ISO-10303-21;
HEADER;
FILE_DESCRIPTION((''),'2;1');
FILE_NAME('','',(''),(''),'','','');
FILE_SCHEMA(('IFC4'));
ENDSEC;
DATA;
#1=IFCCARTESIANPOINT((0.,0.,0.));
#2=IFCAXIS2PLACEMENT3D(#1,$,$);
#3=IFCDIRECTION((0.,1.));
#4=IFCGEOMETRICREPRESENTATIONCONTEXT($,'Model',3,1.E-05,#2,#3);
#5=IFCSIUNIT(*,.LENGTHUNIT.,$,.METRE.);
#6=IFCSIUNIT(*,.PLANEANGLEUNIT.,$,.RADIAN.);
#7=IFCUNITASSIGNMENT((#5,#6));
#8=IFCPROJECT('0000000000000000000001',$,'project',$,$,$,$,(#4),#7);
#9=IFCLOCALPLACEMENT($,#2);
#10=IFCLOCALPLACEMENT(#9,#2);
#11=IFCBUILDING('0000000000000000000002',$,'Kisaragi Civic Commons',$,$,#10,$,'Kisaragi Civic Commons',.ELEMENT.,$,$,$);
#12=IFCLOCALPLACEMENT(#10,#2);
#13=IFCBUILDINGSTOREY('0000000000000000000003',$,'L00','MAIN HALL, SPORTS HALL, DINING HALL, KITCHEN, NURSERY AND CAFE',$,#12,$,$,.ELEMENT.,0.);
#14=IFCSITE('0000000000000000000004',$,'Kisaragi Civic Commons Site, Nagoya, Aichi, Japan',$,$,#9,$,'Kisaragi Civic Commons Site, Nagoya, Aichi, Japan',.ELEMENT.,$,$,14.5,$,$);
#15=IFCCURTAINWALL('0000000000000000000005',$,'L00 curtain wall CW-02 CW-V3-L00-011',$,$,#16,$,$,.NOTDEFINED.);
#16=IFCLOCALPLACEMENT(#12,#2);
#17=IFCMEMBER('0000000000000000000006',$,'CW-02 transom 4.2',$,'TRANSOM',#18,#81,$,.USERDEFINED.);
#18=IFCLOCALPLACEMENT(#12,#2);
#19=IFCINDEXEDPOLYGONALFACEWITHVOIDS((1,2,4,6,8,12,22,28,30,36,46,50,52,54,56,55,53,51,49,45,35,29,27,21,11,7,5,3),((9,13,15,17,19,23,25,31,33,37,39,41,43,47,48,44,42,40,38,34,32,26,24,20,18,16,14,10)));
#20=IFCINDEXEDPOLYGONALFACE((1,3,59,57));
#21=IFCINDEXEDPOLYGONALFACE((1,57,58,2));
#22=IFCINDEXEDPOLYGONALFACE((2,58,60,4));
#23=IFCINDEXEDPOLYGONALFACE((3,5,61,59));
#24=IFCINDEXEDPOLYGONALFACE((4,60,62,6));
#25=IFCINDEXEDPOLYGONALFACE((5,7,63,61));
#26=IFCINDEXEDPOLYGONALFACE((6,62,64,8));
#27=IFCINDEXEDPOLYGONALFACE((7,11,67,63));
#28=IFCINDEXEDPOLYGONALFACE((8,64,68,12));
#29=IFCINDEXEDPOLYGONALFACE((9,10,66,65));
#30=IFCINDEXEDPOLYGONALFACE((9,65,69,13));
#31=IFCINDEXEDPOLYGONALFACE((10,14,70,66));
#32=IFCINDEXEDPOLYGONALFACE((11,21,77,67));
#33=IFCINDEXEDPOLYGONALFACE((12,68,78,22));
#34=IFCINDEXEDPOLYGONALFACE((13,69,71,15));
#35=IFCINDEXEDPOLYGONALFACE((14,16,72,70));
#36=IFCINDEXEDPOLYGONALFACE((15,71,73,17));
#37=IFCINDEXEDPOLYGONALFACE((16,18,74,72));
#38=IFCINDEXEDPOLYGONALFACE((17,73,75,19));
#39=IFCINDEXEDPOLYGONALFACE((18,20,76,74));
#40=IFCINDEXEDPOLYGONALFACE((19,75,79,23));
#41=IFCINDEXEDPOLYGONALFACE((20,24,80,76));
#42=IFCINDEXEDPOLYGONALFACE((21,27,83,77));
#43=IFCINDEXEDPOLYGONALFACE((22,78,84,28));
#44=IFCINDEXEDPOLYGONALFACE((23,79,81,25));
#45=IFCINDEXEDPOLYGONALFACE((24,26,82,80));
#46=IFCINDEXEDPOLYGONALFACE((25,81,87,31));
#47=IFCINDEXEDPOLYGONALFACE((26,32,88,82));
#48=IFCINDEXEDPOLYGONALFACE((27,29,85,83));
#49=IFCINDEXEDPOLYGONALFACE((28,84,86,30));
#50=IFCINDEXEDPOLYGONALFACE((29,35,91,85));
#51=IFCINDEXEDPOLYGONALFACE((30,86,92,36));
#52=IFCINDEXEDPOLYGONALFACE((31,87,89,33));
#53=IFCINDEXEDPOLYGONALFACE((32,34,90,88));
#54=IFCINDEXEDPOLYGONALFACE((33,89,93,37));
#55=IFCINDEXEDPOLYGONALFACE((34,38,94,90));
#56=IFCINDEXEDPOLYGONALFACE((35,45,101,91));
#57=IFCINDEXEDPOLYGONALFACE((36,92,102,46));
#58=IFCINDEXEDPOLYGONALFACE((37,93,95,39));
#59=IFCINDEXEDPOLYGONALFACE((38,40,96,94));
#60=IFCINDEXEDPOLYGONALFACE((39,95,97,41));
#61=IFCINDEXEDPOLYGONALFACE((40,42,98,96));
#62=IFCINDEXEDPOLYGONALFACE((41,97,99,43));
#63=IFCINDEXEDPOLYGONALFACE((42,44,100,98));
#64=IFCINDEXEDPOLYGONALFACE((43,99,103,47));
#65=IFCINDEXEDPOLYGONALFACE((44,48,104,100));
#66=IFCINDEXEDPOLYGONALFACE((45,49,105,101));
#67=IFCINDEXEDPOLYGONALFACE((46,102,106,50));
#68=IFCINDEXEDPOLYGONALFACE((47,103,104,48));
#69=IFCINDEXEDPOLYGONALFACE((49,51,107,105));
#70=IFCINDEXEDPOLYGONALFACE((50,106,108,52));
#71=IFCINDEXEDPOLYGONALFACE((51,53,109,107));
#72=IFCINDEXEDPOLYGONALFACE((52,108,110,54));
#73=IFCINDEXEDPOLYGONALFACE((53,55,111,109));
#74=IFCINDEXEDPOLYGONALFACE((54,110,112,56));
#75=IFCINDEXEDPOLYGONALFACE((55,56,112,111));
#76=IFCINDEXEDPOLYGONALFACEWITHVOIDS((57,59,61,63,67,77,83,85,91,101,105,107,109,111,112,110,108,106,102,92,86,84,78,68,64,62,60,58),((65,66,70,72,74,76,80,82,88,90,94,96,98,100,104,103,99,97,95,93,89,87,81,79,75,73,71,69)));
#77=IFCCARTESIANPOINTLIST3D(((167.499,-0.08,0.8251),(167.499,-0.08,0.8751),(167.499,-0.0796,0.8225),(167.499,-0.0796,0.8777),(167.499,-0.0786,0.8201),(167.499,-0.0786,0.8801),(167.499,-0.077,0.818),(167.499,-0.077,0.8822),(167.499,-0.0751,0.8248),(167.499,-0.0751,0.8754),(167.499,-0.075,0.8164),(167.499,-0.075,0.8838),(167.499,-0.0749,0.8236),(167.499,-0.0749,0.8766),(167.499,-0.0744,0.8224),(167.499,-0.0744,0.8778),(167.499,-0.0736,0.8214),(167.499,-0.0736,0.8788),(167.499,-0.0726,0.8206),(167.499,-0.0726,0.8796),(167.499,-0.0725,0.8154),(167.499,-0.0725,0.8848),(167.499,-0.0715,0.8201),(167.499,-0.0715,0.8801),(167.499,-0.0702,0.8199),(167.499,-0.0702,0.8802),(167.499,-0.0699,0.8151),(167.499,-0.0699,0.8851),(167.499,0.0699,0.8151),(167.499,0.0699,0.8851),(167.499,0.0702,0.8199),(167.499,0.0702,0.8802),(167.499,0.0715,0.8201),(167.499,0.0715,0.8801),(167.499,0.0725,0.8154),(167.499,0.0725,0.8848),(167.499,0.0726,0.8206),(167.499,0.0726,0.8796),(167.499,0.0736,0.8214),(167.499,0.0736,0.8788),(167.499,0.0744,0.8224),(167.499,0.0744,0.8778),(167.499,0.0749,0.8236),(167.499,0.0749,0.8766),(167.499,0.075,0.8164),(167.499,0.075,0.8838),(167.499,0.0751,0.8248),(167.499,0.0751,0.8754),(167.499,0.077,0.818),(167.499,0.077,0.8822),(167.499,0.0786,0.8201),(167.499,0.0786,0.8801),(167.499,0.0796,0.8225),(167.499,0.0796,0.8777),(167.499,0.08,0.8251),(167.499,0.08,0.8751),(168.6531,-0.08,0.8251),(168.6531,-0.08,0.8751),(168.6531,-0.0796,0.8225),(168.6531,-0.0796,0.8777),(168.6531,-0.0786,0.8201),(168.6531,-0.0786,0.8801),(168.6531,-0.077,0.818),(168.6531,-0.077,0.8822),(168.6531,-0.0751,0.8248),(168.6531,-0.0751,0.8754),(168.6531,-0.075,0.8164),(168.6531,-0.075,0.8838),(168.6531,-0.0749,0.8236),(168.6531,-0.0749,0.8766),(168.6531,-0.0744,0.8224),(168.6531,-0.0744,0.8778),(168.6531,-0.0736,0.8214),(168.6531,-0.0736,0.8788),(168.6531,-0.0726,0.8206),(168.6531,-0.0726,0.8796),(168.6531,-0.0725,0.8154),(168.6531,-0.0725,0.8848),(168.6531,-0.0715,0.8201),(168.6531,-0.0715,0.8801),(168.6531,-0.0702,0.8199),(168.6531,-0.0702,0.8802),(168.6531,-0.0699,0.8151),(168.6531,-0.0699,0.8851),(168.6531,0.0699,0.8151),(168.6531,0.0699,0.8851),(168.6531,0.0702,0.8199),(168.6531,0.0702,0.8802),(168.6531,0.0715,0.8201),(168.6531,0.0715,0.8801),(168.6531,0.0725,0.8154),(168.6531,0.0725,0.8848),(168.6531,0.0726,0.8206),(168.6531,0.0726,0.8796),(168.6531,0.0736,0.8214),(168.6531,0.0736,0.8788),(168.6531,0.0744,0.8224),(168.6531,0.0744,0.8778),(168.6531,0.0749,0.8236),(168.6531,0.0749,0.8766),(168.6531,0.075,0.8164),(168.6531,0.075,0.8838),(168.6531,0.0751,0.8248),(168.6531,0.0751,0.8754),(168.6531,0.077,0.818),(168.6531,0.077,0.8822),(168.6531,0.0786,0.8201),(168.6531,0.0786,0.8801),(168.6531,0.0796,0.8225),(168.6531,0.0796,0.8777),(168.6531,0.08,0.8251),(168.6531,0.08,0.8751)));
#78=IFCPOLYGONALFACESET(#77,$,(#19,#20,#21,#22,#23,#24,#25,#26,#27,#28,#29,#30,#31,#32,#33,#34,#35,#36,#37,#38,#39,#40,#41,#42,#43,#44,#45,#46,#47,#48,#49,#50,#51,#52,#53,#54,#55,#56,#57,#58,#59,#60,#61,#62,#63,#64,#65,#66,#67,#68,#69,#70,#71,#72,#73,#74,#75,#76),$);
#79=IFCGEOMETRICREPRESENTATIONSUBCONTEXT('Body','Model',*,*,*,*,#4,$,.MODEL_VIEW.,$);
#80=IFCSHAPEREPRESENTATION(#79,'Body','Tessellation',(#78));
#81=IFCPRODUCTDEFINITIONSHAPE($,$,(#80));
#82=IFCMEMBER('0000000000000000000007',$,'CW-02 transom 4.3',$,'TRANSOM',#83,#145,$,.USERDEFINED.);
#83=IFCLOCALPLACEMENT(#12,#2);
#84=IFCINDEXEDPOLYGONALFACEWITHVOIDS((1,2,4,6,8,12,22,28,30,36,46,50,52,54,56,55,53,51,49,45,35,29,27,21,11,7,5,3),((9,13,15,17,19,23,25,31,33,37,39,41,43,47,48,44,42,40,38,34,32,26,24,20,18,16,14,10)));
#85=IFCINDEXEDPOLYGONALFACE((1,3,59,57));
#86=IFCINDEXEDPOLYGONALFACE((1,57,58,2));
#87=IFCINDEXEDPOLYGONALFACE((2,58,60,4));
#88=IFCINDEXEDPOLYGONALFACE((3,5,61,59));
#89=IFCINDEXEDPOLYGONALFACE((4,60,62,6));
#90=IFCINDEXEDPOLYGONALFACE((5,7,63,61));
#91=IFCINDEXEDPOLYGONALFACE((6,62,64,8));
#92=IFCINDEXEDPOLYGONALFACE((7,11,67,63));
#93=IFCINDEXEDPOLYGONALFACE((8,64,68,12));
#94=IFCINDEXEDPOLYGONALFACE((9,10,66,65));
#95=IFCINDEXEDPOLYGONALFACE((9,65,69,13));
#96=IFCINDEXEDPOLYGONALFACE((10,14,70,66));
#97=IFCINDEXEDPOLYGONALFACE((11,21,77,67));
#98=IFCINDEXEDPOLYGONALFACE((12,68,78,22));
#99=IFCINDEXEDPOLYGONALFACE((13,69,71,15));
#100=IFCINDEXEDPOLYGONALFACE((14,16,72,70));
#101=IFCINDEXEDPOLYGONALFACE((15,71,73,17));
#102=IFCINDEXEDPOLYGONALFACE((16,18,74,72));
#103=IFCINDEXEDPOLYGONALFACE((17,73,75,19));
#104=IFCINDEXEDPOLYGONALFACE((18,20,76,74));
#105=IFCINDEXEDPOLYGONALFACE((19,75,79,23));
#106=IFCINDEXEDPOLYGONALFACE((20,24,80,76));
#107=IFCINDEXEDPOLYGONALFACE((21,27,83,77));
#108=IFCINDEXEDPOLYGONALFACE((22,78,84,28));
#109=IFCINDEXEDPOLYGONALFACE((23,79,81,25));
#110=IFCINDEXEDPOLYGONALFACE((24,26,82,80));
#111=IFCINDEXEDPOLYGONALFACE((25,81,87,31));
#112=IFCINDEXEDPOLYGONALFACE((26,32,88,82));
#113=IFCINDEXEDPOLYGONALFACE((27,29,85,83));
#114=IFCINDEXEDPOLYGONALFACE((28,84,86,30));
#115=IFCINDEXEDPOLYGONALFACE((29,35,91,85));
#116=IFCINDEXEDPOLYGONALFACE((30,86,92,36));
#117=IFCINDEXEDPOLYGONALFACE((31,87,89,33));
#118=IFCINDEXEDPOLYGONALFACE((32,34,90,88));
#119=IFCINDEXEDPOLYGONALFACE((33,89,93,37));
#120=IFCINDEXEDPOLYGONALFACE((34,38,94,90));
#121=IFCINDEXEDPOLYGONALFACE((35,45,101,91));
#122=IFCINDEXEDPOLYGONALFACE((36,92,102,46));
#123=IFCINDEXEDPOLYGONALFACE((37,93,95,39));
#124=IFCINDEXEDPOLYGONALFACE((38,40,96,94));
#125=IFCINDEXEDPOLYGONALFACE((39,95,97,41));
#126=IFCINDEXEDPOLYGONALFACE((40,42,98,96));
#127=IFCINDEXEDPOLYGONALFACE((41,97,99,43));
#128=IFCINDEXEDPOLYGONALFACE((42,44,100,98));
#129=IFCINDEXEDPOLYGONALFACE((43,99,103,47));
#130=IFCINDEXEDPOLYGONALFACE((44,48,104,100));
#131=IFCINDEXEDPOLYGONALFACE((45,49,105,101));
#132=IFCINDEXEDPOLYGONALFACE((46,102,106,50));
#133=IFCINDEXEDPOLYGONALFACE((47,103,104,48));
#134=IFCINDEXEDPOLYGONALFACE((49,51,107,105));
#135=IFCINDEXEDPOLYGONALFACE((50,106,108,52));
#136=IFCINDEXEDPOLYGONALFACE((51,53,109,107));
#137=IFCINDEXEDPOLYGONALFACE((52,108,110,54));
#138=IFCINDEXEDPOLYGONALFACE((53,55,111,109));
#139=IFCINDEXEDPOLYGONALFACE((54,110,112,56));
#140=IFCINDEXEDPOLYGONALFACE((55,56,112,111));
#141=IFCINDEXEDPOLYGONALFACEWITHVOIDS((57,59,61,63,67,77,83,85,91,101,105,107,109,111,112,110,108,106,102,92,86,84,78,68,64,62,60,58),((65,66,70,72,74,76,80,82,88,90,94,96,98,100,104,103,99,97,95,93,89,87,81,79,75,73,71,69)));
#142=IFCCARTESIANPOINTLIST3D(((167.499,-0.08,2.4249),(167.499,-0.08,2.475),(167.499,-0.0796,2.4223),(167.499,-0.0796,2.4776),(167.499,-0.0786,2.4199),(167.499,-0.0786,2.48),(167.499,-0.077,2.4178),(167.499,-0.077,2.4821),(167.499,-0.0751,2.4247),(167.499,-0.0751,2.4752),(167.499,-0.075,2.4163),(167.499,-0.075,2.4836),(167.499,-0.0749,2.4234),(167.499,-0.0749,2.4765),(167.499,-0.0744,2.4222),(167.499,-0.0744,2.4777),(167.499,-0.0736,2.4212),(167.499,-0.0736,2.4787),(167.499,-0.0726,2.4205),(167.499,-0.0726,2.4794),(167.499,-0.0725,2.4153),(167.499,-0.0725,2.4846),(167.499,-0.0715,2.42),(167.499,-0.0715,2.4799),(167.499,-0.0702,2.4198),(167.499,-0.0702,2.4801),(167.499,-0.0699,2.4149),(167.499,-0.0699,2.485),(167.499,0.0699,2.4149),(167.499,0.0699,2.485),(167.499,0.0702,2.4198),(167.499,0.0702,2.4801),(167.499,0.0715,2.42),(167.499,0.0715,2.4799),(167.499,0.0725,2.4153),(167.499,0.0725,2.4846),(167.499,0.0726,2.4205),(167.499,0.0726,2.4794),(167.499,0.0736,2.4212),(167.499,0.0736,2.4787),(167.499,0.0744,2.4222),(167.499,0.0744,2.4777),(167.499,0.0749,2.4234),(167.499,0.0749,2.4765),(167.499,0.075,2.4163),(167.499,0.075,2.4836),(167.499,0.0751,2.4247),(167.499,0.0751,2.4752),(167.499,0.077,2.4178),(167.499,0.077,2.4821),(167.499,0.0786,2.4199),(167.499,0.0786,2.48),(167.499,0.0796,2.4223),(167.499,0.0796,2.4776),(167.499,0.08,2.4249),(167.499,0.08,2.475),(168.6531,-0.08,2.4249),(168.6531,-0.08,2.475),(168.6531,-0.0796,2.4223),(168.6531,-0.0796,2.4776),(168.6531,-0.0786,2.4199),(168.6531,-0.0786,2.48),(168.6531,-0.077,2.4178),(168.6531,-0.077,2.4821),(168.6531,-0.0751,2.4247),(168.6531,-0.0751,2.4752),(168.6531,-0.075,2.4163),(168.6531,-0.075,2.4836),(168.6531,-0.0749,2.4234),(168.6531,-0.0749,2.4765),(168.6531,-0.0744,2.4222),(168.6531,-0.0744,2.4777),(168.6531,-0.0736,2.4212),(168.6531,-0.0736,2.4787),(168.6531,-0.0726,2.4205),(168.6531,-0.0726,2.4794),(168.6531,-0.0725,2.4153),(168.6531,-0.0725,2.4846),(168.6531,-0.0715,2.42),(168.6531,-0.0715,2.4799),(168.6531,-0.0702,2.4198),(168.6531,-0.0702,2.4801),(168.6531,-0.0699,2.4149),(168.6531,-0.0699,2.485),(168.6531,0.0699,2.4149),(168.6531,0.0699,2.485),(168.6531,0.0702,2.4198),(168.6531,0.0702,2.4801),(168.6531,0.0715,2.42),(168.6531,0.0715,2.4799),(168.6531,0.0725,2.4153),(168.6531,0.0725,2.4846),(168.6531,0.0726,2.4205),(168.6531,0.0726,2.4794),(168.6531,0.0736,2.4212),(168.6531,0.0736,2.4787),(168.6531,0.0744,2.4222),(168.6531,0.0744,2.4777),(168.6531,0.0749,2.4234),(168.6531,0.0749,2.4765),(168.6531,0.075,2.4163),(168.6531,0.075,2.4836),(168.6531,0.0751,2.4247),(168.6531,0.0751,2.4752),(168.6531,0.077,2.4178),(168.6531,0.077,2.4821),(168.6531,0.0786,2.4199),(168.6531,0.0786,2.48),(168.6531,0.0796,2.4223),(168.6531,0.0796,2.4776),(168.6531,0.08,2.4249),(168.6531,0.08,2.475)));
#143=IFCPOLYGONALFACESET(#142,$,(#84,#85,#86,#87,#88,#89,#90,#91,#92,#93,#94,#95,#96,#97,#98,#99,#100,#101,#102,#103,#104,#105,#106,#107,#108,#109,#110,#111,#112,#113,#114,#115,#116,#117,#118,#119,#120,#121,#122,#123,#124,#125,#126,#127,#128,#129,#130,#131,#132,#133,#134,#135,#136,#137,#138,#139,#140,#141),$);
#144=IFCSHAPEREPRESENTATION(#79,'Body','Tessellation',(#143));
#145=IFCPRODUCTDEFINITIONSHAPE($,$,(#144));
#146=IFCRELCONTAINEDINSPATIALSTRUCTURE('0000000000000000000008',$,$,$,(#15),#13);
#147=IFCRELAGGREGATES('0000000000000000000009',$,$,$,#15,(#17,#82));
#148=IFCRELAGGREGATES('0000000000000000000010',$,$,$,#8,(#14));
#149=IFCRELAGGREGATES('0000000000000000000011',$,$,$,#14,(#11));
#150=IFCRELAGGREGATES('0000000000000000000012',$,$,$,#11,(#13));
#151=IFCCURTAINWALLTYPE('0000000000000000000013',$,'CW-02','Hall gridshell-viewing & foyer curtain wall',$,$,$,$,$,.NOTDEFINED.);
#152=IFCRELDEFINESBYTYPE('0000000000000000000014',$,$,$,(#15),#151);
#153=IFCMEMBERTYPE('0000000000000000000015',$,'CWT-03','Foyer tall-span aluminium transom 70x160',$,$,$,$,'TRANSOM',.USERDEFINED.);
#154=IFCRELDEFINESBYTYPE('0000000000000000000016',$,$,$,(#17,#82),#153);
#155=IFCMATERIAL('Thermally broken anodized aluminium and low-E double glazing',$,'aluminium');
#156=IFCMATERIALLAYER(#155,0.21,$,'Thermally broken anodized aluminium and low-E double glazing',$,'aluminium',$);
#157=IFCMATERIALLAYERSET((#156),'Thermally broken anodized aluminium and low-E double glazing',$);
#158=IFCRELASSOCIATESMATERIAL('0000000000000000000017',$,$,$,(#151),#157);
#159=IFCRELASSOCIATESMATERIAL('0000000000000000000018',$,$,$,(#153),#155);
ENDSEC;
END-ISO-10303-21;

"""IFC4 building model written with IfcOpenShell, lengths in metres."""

from ifc_helpers import new_model, si_unit, direction, frame, origin, origin_2d, place, context, subcontext, project, spatial, hollow_rectangle, extrude, material, layer, layer_set, material_profile, profile_set, type_object, element, aggregate, save


model = new_model("IFC4")

# Units and contexts
model_context = context("Model", 3, precision=1e-05, world=origin(), true_north=direction((0.0, 1.0)))
body_context = subcontext(model_context, "Body", "Model", "MODEL_VIEW")
ifc_project = project(units=[si_unit("LENGTHUNIT", "METRE"), si_unit("PLANEANGLEUNIT", "RADIAN")], contexts=[model_context])

# Site, building, storey
site_placement = place(None, origin())
site = spatial("IfcSite", under=ifc_project, at=site_placement, Name="Kisaragi Civic Commons Site, Nagoya, Aichi, Japan", LongName="Kisaragi Civic Commons Site, Nagoya, Aichi, Japan", CompositionType="ELEMENT", RefElevation=14.5)
building_placement = place(site_placement, origin())
building = spatial("IfcBuilding", under=site, at=building_placement, Name="Kisaragi Civic Commons", LongName="Kisaragi Civic Commons", CompositionType="ELEMENT")
storey_placement = place(building_placement, origin())
storey = spatial("IfcBuildingStorey", under=building, at=storey_placement, Name="L00", Description="MAIN HALL, SPORTS HALL, DINING HALL, KITCHEN, NURSERY AND CAFE", CompositionType="ELEMENT", Elevation=0.0)

# Curtain wall
ifc_material = material(Name="Thermally broken anodized aluminium and low-E double glazing", Category="aluminium")
ifc_layer_1 = layer(ifc_material, 0.21, Name="Thermally broken anodized aluminium and low-E double glazing", Category="aluminium")
ifc_layer_set_1 = layer_set([ifc_layer_1], Name="Thermally broken anodized aluminium and low-E double glazing")
curtain_wall_type = type_object("IfcCurtainWallType", Name="CW-02", Description="Hall gridshell-viewing & foyer curtain wall", PredefinedType="NOTDEFINED", material=ifc_layer_set_1)
curtain_wall_1_placement = place(storey_placement, origin())
curtain_wall_1 = element("IfcCurtainWall", 1, at=curtain_wall_1_placement, inside=storey, type_object=curtain_wall_type, Name="L00 curtain wall CW-02 CW-V3-L00-011", PredefinedType="NOTDEFINED")

# Members
ifc_material_profile_1 = material_profile(ifc_material, hollow_rectangle(XDim=0.1599, YDim=0.0701, WallThickness=0.0049, InnerFilletRadius=0.0049, OuterFilletRadius=0.01, at=origin_2d()), Name="CWT-70x160x5", Category="aluminium")
ifc_profile_set_1 = profile_set([ifc_material_profile_1], Name="Thermally broken anodized aluminium and low-E double glazing")
member_type_1 = type_object("IfcMemberType", Name="CWT-03", Description="Foyer tall-span aluminium transom 70x160", ElementType="TRANSOM", PredefinedType="USERDEFINED", material=ifc_profile_set_1)
member_1_placement = place(storey_placement, frame((168.6531, 0.0, 0.8501), z_axis=(-1.0, 0.0, 0.0), x_axis=(0.0, -1.0, 0.0)))
member_1 = element("IfcMember", 2, at=member_1_placement, type_object=member_type_1, Name="CW-02 transom 4.2", ObjectType="TRANSOM", PredefinedType="USERDEFINED", context=body_context, shape_type="SweptSolid", body=[
    extrude(hollow_rectangle(XDim=0.1599, YDim=0.0701, WallThickness=0.0049, InnerFilletRadius=0.0049, OuterFilletRadius=0.01, at=origin_2d()), origin(), (0.0, 0.0, 1.0), 1.1541),
])
member_2_placement = place(storey_placement, frame((168.6531, 0.0, 2.45), z_axis=(-1.0, 0.0, 0.0), x_axis=(0.0, -1.0, 0.0)))
member_2 = element("IfcMember", 3, at=member_2_placement, type_object=member_type_1, Name="CW-02 transom 4.3", ObjectType="TRANSOM", PredefinedType="USERDEFINED", context=body_context, shape_type="SweptSolid", body=[
    extrude(hollow_rectangle(XDim=0.1599, YDim=0.0701, WallThickness=0.0049, InnerFilletRadius=0.0049, OuterFilletRadius=0.01, at=origin_2d()), origin(), (0.0, 0.0, 1.0), 1.1541),
])

aggregate(curtain_wall_1, [member_1, member_2])

save(model, "model.ifc")
